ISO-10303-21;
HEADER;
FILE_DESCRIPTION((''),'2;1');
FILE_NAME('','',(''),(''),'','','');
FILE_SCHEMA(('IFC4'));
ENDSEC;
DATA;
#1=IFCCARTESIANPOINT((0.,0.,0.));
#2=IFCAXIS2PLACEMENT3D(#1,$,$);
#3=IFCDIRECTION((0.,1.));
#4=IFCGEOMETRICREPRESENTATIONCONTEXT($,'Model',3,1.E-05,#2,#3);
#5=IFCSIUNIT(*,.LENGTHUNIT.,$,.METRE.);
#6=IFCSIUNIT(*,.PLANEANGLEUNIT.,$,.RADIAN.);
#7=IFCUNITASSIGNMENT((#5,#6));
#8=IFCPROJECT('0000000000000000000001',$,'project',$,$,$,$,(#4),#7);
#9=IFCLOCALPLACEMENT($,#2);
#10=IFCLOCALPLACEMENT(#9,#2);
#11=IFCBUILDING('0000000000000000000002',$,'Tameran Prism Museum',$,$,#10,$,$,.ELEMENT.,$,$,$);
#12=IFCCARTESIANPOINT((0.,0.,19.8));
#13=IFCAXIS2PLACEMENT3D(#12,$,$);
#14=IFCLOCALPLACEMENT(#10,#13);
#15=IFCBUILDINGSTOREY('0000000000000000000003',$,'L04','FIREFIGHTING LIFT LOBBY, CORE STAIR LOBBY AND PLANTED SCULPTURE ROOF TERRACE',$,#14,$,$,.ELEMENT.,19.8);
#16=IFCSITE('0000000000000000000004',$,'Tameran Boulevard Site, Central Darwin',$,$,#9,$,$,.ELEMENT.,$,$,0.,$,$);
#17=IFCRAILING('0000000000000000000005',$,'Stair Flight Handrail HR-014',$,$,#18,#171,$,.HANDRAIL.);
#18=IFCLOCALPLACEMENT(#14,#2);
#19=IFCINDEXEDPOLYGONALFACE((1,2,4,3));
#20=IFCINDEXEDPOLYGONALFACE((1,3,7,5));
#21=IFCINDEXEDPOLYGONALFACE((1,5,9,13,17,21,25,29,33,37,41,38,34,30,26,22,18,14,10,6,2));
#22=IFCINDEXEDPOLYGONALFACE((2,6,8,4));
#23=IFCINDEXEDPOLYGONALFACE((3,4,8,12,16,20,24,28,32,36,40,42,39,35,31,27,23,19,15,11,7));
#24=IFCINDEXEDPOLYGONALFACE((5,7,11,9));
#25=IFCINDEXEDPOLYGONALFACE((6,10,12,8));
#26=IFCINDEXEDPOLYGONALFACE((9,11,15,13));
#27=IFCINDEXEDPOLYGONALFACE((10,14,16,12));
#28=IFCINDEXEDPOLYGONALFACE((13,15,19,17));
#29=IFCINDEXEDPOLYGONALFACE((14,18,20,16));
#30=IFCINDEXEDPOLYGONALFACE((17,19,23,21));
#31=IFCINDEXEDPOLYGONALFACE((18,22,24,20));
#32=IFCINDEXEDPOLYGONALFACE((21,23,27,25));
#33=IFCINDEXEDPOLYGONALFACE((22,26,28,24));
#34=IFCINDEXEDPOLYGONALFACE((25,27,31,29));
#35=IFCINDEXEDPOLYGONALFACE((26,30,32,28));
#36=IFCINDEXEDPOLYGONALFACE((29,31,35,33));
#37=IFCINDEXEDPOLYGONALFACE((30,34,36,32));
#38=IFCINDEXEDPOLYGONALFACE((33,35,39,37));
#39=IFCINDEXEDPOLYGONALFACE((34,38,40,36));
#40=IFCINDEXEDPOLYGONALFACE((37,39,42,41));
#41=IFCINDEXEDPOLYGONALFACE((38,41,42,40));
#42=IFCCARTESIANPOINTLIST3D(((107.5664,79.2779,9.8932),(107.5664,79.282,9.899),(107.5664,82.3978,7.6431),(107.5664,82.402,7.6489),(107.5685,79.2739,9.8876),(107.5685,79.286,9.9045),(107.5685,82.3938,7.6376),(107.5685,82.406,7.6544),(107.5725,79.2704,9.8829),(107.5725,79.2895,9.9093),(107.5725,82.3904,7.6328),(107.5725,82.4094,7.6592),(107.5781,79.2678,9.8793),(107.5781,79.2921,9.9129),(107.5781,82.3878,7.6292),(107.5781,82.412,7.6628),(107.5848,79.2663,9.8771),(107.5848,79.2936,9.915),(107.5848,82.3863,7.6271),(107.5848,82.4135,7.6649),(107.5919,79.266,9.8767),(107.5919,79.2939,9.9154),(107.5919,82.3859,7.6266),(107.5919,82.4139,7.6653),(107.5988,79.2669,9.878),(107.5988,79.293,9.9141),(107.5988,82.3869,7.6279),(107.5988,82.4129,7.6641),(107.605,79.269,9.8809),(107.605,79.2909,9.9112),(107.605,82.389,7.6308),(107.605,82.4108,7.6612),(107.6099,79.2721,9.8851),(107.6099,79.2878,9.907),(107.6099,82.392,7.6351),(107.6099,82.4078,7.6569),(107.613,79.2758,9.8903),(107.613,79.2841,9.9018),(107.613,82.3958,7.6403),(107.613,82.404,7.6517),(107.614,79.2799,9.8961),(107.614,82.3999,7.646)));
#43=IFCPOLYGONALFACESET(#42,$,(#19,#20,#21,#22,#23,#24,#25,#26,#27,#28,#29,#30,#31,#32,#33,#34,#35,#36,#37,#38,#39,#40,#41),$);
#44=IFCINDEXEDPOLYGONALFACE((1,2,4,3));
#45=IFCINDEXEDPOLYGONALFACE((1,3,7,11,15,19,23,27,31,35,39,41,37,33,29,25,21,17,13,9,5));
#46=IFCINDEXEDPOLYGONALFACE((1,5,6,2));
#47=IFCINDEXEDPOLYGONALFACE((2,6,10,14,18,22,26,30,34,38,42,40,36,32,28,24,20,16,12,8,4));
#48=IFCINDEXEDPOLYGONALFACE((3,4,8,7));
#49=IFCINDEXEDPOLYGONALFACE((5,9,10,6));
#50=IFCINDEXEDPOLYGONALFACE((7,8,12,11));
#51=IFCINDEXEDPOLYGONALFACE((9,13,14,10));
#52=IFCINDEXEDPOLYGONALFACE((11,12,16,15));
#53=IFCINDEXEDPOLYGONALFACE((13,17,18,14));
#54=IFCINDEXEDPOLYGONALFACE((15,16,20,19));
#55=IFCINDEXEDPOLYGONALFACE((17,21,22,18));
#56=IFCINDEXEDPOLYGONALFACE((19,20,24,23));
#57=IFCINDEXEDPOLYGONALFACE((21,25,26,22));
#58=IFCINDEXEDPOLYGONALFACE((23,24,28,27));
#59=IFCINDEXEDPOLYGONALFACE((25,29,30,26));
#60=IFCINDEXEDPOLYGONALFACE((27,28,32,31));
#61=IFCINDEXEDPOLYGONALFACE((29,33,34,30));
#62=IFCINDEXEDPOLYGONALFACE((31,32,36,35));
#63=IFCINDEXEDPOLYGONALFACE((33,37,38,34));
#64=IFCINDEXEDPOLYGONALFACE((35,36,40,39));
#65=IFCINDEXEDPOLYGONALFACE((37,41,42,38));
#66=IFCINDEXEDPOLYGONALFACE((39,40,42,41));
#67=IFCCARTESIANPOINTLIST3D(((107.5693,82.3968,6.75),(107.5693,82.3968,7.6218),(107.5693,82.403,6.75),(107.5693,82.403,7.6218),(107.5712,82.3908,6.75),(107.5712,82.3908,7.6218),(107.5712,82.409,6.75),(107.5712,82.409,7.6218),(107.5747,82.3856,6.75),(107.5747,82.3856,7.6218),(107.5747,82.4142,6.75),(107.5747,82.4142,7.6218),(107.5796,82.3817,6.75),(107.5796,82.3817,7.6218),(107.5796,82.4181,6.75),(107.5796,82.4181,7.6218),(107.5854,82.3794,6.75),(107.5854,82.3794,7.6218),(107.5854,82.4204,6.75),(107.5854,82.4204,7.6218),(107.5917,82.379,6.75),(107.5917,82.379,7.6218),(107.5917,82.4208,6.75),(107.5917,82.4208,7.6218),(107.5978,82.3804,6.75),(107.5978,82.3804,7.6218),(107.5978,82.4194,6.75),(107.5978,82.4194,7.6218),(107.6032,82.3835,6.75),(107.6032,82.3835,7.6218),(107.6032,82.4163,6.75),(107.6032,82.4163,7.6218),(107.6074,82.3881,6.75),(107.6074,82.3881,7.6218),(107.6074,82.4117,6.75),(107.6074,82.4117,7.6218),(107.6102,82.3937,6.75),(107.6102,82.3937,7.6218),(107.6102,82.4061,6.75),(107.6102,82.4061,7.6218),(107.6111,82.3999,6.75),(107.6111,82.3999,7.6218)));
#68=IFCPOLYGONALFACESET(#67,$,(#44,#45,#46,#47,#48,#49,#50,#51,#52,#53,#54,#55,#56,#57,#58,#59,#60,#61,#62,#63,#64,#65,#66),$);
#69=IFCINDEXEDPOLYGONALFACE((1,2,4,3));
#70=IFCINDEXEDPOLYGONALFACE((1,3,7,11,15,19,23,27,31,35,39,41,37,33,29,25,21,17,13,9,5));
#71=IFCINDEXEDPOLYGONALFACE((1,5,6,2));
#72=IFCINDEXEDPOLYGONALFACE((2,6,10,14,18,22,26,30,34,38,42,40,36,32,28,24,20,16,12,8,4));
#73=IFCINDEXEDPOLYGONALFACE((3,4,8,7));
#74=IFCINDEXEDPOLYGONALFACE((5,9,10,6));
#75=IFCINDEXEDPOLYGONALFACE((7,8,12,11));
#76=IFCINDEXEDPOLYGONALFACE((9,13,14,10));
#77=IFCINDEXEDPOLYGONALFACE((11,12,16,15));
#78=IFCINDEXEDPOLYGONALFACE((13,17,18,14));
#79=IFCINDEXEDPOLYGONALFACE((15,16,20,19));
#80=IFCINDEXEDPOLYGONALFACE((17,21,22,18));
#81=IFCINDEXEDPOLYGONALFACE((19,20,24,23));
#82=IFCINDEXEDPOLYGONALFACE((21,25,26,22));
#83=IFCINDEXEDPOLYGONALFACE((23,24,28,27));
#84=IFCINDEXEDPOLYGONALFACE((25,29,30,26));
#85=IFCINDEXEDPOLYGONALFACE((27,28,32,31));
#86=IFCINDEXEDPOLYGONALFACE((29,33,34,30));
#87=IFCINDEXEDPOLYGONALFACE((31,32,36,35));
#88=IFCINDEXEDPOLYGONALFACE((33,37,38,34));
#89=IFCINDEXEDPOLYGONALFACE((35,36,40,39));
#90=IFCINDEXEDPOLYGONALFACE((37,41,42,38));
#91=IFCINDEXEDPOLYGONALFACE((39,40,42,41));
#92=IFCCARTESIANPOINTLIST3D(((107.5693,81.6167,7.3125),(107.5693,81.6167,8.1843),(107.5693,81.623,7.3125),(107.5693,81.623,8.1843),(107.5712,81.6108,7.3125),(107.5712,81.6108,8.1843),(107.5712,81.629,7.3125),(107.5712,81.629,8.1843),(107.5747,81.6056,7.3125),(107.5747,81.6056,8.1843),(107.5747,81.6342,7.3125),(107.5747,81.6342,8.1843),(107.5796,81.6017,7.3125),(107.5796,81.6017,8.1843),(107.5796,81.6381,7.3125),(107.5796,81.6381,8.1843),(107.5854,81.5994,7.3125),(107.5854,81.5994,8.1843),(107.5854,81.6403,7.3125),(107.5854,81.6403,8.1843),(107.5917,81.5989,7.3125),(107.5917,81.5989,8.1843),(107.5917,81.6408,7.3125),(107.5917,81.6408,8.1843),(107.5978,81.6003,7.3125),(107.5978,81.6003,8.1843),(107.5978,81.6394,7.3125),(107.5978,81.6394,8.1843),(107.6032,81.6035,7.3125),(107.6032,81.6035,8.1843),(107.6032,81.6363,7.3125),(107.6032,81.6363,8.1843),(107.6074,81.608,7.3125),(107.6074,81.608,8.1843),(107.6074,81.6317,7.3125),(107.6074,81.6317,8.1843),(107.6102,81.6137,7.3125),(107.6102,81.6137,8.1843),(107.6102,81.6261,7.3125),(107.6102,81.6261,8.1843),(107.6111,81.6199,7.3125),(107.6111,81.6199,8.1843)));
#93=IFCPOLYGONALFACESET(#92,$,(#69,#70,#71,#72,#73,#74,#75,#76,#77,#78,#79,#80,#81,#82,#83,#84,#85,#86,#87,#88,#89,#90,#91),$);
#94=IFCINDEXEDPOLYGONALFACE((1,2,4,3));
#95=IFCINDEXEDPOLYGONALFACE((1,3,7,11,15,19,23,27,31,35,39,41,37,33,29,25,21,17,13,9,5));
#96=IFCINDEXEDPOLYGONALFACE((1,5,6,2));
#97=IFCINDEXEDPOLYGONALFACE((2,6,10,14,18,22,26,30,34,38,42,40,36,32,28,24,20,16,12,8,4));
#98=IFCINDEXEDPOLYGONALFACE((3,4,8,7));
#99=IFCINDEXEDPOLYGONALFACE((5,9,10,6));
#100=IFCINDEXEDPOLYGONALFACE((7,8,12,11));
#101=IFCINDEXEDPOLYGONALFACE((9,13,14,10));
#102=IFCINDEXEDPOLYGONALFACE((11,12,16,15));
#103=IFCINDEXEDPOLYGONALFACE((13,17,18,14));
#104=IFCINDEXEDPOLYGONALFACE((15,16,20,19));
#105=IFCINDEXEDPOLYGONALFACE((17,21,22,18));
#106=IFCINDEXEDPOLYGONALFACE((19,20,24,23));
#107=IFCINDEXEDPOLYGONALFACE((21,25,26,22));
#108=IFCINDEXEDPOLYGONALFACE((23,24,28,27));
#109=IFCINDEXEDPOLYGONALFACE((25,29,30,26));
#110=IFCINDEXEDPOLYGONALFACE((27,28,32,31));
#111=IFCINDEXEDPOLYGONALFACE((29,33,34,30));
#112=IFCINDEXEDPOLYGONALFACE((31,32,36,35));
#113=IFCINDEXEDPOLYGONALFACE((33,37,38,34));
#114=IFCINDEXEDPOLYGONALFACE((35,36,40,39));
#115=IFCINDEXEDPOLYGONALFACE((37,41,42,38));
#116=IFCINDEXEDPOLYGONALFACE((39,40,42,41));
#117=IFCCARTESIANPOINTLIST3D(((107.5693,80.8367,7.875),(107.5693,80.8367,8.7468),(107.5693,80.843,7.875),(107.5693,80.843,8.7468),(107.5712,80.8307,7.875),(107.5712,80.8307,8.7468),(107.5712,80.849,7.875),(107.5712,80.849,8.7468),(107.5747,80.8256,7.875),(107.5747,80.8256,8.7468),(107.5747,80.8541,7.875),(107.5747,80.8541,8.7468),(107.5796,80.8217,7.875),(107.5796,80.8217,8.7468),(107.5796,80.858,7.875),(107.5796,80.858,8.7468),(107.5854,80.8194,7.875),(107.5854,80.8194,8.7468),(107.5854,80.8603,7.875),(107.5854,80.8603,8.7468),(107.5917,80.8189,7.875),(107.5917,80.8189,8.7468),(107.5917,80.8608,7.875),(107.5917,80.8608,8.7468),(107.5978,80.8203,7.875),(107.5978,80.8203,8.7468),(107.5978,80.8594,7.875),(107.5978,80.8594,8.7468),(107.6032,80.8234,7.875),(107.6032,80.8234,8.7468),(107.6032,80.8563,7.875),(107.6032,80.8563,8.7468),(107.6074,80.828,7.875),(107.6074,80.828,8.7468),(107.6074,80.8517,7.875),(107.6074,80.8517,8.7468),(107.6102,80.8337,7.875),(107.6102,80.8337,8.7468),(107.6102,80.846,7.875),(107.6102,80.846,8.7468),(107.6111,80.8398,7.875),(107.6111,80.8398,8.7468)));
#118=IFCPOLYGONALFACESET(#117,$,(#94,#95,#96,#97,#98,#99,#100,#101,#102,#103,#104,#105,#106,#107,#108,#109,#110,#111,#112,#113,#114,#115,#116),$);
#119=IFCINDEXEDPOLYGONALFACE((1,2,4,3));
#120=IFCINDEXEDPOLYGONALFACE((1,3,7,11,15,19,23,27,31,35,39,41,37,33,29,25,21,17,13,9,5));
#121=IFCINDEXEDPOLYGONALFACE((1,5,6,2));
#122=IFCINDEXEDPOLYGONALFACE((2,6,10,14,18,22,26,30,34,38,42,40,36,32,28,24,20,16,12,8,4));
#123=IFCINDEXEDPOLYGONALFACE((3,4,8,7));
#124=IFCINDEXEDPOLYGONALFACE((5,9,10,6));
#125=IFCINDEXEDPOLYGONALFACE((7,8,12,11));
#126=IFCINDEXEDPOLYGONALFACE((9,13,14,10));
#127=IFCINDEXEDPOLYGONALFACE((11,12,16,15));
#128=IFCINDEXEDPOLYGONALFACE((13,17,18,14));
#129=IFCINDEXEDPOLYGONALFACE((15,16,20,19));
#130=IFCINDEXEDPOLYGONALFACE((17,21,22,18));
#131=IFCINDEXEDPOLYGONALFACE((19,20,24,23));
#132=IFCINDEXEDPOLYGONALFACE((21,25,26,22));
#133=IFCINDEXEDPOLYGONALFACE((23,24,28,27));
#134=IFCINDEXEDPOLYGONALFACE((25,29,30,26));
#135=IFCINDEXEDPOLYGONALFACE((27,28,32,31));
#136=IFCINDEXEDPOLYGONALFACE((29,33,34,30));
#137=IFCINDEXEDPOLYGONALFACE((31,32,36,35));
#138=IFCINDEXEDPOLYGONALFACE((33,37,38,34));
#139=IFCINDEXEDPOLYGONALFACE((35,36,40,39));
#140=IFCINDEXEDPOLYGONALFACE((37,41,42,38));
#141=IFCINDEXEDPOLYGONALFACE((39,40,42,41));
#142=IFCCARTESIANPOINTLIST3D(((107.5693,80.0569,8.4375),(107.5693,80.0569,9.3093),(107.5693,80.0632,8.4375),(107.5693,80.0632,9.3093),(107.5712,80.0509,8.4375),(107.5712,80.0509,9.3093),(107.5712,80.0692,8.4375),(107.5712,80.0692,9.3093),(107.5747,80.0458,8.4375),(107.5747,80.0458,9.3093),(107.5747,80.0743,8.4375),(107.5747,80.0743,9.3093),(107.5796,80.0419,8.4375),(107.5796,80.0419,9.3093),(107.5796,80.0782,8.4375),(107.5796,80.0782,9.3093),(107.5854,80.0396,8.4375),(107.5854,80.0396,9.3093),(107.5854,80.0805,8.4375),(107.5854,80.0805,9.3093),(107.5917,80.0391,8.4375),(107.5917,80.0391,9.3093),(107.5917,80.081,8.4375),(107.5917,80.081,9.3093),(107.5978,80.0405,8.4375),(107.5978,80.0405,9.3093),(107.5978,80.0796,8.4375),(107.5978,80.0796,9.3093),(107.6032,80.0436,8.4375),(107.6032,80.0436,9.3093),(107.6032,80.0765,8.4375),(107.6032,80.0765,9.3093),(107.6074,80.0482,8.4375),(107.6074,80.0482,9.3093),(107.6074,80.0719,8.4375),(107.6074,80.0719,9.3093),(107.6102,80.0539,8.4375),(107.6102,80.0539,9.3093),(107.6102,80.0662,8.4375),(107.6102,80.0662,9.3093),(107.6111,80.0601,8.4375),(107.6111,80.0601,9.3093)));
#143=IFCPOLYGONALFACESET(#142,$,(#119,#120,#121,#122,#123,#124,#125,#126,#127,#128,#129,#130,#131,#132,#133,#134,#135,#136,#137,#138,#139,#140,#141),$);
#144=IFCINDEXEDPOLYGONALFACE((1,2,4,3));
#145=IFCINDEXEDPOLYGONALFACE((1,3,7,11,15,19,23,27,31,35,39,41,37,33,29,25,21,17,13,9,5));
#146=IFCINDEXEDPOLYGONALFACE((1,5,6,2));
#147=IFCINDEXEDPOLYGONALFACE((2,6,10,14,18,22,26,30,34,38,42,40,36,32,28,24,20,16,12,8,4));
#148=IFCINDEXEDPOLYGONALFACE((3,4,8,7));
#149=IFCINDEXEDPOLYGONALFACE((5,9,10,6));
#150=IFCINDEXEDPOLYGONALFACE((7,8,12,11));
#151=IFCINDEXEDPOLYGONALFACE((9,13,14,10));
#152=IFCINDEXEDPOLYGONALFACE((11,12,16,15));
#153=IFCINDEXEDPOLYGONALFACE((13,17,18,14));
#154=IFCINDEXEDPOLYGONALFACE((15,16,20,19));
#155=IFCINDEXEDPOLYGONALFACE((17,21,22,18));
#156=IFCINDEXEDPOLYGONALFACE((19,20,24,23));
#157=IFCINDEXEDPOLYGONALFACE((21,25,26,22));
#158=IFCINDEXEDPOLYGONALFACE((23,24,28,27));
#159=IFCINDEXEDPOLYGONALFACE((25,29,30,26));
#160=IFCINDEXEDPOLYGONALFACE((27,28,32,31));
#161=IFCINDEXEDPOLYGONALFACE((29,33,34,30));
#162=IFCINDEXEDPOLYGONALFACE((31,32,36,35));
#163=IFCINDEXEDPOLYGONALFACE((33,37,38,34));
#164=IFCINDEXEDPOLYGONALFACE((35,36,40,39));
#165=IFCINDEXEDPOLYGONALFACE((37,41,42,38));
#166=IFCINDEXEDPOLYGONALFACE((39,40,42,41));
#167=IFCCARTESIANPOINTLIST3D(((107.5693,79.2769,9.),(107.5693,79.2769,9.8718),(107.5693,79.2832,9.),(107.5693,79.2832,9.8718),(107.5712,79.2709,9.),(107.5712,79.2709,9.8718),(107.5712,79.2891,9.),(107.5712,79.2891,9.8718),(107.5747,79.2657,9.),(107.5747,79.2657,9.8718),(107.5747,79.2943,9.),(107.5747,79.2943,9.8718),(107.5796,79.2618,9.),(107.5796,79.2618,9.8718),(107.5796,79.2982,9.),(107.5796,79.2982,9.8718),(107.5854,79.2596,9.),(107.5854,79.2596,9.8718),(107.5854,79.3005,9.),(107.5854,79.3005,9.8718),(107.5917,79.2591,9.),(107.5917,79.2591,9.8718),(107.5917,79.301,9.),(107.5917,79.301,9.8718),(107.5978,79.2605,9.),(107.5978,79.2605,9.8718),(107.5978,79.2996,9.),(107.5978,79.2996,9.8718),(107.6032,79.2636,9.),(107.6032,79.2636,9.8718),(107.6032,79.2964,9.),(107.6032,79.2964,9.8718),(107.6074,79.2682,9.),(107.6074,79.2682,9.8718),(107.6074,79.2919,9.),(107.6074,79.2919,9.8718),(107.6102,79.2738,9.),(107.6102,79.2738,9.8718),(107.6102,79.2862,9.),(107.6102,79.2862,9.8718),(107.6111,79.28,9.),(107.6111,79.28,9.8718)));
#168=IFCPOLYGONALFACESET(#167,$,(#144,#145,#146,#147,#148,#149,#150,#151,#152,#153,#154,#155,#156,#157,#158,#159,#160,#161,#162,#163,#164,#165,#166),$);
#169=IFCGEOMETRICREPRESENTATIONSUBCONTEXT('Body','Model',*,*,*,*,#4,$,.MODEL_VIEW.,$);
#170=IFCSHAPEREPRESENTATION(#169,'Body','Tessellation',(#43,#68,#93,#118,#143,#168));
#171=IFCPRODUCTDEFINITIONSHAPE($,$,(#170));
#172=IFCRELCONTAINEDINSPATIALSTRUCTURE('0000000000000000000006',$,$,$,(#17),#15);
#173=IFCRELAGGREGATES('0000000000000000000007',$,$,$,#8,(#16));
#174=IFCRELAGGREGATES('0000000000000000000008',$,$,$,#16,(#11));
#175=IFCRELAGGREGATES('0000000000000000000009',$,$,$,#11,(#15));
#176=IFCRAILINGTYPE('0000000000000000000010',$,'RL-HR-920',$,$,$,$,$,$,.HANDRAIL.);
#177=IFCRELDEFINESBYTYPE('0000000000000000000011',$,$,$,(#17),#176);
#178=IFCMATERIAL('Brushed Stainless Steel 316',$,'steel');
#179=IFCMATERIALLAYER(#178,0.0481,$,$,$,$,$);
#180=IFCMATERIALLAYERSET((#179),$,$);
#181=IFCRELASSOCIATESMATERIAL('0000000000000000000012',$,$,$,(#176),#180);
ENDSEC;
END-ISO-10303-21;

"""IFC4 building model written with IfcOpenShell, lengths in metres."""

from ifc_helpers import new_model, si_unit, direction, frame, origin, origin_2d, place, context, subcontext, project, spatial, circle, extrude, material, layer, layer_set, type_object, element, save


model = new_model("IFC4")

# Units and contexts
model_context = context("Model", 3, precision=1e-05, world=origin(), true_north=direction((0.0, 1.0)))
body_context = subcontext(model_context, "Body", "Model", "MODEL_VIEW")
ifc_project = project(units=[si_unit("LENGTHUNIT", "METRE"), si_unit("PLANEANGLEUNIT", "RADIAN")], contexts=[model_context])

# Site, building, storey
site_placement = place(None, origin())
site = spatial("IfcSite", under=ifc_project, at=site_placement, Name="Tameran Boulevard Site, Central Darwin", CompositionType="ELEMENT", RefElevation=0.0)
building_placement = place(site_placement, origin())
building = spatial("IfcBuilding", under=site, at=building_placement, Name="Tameran Prism Museum", CompositionType="ELEMENT")
storey_placement = place(building_placement, frame((0.0, 0.0, 19.8)))
storey = spatial("IfcBuildingStorey", under=building, at=storey_placement, Name="L04", Description="FIREFIGHTING LIFT LOBBY, CORE STAIR LOBBY AND PLANTED SCULPTURE ROOF TERRACE", CompositionType="ELEMENT", Elevation=19.8)

# Railing
ifc_material_1 = material(Name="Brushed Stainless Steel 316", Category="steel")
ifc_layer_1 = layer(ifc_material_1, 0.0481)
ifc_layer_set_1 = layer_set([ifc_layer_1])
railing_type_1 = type_object("IfcRailingType", Name="RL-HR-920", PredefinedType="HANDRAIL", material=ifc_layer_set_1)
for number, where, name in (
    (1, (107.5901, 82.3999, 6.75), "Stair Flight Handrail HR-014"),
):
    element("IfcRailing", number, at=place(storey_placement, frame(where)), inside=storey, type_object=railing_type_1, Name=name, PredefinedType="HANDRAIL", context=body_context, shape_type="SweptSolid", body=[
        extrude(circle(Radius=0.0239, at=origin_2d()), frame((0.0, 0.0, 0.896), z_axis=(0.0, -0.811079, 0.584937), x_axis=(1.0, 0.0, 0.0)), (0.0, 0.0, 1.0), 3.8467),
        extrude(circle(Radius=0.021, at=origin_2d()), origin(), (0.0, 0.0, 1.0), 0.8718),
        extrude(circle(Radius=0.021, at=origin_2d()), frame((0.0, -0.78, 0.5625)), (0.0, 0.0, 1.0), 0.8718),
        extrude(circle(Radius=0.021, at=origin_2d()), frame((0.0, -1.5601, 1.125)), (0.0, 0.0, 1.0), 0.8718),
        extrude(circle(Radius=0.021, at=origin_2d()), frame((0.0, -2.3398, 1.6875)), (0.0, 0.0, 1.0), 0.8718),
        extrude(circle(Radius=0.021, at=origin_2d()), frame((0.0, -3.1199, 2.25)), (0.0, 0.0, 1.0), 0.8718),
    ])

save(model, "model.ifc")
